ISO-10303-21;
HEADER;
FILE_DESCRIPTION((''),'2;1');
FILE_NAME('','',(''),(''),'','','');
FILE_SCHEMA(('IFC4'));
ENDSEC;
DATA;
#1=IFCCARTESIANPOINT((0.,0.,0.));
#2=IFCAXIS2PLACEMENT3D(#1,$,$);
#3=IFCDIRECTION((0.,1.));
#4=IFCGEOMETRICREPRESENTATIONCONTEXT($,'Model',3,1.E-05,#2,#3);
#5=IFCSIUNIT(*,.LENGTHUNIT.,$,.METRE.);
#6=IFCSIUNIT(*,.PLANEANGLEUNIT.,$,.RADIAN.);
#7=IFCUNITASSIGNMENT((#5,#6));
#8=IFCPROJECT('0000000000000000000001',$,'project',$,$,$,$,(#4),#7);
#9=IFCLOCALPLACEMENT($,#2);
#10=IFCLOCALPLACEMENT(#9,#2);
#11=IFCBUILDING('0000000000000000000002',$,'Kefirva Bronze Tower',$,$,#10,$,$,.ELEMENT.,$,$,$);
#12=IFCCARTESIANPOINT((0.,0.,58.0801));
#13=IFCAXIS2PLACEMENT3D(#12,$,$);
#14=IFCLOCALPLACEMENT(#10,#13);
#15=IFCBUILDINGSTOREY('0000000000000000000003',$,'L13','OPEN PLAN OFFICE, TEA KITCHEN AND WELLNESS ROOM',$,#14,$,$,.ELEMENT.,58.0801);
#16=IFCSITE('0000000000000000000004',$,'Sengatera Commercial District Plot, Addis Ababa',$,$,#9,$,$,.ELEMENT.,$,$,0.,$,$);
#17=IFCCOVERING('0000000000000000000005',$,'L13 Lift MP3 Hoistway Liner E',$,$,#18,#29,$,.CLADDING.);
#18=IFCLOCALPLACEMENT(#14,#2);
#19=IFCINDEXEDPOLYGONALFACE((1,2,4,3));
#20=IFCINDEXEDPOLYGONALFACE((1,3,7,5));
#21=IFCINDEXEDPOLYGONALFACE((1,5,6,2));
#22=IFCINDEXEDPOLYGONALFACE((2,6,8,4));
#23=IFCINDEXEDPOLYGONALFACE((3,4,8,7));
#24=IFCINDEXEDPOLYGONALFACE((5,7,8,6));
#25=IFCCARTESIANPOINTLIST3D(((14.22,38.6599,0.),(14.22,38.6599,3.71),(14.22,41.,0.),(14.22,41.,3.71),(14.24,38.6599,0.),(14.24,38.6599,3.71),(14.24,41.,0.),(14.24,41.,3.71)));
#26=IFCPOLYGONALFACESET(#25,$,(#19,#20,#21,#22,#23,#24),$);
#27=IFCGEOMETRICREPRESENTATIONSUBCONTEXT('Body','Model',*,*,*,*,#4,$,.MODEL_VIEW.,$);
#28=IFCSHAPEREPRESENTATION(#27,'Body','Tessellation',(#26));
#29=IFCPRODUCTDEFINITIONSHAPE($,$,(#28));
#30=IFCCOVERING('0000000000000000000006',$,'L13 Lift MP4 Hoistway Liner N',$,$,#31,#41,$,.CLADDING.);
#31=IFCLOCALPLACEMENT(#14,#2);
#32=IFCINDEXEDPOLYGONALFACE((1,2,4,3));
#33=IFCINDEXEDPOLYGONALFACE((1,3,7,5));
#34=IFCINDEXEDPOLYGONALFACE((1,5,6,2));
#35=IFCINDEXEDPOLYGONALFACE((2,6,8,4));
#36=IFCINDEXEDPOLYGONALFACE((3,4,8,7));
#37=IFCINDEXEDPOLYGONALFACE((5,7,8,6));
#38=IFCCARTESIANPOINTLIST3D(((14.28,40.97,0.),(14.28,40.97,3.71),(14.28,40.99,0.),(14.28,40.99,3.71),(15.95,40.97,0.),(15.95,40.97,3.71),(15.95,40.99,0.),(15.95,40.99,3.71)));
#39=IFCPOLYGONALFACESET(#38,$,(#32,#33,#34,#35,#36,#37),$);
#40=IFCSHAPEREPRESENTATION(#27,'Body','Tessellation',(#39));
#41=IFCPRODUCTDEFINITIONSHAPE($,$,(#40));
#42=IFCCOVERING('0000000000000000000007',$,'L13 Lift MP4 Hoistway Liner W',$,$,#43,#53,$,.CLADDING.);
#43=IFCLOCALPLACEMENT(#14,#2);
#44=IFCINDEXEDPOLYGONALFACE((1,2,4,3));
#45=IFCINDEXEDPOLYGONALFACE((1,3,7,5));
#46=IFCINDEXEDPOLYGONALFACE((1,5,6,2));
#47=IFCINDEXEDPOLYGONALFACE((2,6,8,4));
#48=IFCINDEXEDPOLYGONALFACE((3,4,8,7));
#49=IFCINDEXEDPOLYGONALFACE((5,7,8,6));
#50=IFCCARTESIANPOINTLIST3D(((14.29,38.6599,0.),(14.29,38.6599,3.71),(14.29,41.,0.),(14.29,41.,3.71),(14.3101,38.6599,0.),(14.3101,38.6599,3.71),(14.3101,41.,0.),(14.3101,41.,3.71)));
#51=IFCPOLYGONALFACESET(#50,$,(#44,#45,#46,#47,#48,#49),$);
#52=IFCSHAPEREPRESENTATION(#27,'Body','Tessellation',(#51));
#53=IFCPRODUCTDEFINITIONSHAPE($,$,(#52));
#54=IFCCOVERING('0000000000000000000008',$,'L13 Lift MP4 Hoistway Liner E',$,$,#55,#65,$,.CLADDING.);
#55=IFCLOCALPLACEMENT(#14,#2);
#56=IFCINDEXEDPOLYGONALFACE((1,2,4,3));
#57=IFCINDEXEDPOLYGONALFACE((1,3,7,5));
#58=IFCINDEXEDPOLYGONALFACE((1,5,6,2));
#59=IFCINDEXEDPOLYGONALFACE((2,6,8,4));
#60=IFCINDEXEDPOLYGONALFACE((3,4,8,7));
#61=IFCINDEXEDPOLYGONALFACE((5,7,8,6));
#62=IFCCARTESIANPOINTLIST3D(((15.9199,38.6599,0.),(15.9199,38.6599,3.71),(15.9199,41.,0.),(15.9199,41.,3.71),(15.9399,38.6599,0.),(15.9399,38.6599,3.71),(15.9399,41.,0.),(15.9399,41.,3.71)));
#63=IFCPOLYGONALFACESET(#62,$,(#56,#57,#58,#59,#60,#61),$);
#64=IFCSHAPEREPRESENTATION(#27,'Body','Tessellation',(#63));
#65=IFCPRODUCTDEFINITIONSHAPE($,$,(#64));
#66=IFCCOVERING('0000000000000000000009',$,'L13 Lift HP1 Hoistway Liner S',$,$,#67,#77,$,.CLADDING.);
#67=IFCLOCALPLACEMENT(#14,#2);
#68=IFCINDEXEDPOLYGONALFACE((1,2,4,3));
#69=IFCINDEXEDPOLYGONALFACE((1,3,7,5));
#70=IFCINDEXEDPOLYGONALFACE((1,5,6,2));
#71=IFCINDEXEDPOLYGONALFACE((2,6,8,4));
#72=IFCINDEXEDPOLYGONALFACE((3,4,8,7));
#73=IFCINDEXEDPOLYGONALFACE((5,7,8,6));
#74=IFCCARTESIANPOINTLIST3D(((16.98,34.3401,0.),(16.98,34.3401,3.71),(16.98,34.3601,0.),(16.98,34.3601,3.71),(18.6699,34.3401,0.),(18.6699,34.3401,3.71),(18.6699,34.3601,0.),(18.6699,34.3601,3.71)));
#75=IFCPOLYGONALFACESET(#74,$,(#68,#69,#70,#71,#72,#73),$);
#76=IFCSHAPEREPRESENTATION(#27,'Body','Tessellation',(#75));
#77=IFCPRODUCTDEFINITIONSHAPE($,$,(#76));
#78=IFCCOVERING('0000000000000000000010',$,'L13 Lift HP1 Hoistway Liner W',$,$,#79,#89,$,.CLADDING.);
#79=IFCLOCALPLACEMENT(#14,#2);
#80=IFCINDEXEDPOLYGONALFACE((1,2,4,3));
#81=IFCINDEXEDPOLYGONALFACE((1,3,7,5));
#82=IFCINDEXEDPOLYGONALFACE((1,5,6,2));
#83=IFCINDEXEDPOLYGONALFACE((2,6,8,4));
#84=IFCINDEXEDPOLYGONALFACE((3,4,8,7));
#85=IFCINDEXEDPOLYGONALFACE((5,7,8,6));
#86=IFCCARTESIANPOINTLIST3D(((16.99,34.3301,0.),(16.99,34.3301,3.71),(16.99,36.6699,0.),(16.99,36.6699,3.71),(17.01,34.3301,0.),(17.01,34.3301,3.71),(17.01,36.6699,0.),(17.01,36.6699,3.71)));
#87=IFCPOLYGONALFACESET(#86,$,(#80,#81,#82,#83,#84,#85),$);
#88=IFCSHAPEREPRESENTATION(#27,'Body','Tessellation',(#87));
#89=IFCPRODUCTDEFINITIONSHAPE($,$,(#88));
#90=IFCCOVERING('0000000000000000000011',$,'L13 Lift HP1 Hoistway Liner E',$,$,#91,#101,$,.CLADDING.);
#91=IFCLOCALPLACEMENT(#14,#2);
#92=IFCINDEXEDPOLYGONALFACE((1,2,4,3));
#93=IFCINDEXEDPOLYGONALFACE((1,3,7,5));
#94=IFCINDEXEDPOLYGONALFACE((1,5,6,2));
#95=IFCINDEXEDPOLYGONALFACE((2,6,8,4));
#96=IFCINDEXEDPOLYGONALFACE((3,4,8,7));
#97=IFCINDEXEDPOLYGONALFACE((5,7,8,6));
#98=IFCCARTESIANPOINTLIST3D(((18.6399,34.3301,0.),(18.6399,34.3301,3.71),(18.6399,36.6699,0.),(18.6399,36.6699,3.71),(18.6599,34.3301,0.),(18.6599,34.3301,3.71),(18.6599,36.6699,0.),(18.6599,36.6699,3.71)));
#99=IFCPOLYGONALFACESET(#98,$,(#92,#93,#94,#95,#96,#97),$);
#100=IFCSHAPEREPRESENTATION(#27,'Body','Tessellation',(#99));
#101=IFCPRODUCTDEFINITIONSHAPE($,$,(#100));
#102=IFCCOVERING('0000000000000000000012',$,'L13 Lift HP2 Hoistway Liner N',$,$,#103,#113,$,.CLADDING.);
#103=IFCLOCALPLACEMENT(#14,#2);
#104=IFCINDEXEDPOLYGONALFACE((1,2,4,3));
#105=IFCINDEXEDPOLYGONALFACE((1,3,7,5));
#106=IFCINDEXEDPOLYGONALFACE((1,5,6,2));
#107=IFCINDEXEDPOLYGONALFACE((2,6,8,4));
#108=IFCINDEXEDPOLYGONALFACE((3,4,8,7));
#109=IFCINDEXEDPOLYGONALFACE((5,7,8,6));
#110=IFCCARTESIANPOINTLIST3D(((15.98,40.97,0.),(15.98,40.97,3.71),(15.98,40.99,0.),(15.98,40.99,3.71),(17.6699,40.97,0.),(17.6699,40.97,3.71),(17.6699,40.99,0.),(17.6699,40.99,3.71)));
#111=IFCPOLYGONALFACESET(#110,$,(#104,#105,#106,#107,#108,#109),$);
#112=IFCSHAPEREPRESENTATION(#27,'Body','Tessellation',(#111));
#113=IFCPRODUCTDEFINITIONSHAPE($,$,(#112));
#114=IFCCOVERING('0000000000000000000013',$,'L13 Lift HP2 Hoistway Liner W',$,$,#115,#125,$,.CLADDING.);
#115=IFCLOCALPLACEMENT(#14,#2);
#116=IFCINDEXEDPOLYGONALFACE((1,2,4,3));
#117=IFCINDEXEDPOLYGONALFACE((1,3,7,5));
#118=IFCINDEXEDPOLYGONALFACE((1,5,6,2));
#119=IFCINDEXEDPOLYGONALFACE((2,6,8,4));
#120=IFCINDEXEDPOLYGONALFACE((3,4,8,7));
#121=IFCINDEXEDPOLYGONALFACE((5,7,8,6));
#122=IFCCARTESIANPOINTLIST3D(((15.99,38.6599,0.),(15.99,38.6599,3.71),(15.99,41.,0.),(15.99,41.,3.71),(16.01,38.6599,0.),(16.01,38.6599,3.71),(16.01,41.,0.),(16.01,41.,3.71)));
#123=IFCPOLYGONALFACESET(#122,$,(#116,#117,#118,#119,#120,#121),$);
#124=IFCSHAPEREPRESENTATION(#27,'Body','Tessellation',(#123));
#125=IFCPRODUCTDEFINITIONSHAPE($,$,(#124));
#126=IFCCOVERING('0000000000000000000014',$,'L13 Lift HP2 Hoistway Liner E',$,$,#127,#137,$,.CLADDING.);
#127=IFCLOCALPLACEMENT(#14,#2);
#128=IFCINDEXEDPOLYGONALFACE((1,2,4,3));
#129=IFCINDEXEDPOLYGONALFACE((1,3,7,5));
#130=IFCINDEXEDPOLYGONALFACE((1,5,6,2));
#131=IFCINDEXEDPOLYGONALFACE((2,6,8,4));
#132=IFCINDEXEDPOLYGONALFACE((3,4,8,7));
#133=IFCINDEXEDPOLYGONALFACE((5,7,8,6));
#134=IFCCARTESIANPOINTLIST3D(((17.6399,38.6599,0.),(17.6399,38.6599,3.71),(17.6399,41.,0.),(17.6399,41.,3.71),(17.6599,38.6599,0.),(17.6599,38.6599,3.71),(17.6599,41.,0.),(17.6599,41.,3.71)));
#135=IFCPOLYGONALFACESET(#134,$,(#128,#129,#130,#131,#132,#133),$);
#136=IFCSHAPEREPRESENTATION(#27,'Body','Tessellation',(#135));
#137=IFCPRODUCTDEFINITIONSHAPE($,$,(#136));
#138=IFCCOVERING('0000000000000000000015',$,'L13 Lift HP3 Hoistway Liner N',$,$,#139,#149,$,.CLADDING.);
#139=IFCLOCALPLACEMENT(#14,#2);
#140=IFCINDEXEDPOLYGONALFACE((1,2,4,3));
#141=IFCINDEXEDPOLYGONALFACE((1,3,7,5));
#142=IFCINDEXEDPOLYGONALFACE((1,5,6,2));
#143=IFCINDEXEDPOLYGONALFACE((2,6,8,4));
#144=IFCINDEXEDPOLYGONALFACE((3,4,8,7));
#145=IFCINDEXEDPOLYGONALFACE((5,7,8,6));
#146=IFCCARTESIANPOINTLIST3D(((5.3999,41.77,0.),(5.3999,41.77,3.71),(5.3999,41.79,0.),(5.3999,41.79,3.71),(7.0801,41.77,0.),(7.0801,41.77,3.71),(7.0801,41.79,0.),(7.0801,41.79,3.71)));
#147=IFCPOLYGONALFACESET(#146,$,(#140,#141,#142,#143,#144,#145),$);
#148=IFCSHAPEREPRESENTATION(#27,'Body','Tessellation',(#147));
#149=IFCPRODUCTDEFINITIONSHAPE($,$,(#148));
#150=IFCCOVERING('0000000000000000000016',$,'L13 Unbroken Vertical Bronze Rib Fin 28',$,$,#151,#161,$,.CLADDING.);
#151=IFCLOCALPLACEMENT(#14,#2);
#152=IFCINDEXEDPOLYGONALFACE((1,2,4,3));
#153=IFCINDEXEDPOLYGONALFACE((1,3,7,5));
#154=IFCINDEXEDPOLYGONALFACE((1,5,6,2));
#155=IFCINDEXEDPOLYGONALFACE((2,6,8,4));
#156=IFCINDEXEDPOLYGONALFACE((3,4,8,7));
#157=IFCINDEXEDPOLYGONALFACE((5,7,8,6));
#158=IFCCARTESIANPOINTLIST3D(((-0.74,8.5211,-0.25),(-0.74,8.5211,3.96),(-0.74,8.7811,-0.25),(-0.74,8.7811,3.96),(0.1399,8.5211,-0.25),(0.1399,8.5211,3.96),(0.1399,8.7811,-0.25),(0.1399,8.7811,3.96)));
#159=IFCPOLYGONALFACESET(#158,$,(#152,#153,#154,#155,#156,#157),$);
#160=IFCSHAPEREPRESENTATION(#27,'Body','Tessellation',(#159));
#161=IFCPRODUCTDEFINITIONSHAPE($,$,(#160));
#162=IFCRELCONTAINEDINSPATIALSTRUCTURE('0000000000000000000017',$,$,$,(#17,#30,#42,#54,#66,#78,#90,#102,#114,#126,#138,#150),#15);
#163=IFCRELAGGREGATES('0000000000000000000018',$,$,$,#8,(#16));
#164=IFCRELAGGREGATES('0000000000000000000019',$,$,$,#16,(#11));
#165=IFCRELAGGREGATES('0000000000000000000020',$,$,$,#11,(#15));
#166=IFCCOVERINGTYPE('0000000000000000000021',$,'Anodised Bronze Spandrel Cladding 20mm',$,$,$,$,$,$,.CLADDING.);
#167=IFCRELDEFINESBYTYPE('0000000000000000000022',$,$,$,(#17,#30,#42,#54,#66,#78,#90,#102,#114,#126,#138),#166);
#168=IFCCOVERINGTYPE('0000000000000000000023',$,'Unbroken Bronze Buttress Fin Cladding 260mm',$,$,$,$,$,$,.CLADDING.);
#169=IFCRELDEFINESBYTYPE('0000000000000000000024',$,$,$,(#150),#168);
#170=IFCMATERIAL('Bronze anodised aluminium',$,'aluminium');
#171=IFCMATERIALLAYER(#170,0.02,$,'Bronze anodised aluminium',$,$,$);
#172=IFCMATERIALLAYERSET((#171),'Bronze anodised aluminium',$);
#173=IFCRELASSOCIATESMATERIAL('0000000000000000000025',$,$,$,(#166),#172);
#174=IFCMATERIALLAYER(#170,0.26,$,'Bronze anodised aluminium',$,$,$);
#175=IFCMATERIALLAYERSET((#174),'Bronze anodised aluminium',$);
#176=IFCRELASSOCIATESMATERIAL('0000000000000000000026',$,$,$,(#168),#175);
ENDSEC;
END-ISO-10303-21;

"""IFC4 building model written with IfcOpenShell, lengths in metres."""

from ifc_helpers import new_model, si_unit, direction, frame, origin, origin_2d, place, context, subcontext, project, spatial, polyline, rectangle, outline, extrude, material, layer, layer_set, type_object, element, save


model = new_model("IFC4")

# Units and contexts
model_context = context("Model", 3, precision=1e-05, world=origin(), true_north=direction((0.0, 1.0)))
body_context = subcontext(model_context, "Body", "Model", "MODEL_VIEW")
ifc_project = project(units=[si_unit("LENGTHUNIT", "METRE"), si_unit("PLANEANGLEUNIT", "RADIAN")], contexts=[model_context])

# Site, building, storey
site_placement = place(None, origin())
site = spatial("IfcSite", under=ifc_project, at=site_placement, Name="Sengatera Commercial District Plot, Addis Ababa", CompositionType="ELEMENT", RefElevation=0.0)
building_placement = place(site_placement, origin())
building = spatial("IfcBuilding", under=site, at=building_placement, Name="Kefirva Bronze Tower", CompositionType="ELEMENT")
storey_placement = place(building_placement, frame((0.0, 0.0, 58.0801)))
storey = spatial("IfcBuildingStorey", under=building, at=storey_placement, Name="L13", Description="OPEN PLAN OFFICE, TEA KITCHEN AND WELLNESS ROOM", CompositionType="ELEMENT", Elevation=58.0801)

# Coverings
ifc_material = material(Name="Bronze anodised aluminium", Category="aluminium")
ifc_layer_1 = layer(ifc_material, 0.02, Name="Bronze anodised aluminium")
ifc_layer_set_1 = layer_set([ifc_layer_1], Name="Bronze anodised aluminium")
covering_type_1 = type_object("IfcCoveringType", Name="Anodised Bronze Spandrel Cladding 20mm", PredefinedType="CLADDING", material=ifc_layer_set_1)
covering_1_placement = place(storey_placement, origin())
element("IfcCovering", 1, at=covering_1_placement, inside=storey, type_object=covering_type_1, Name="L13 Lift MP3 Hoistway Liner E", PredefinedType="CLADDING", context=body_context, shape_type="SweptSolid", body=[
    extrude(outline(polyline([(14.22, 38.6599), (14.24, 38.6599), (14.24, 41.0), (14.22, 41.0), (14.22, 38.6599)])), origin(), (0.0, 0.0, 1.0), 3.71),
])
covering_2_placement = place(storey_placement, origin())
element("IfcCovering", 2, at=covering_2_placement, inside=storey, type_object=covering_type_1, Name="L13 Lift MP4 Hoistway Liner N", PredefinedType="CLADDING", context=body_context, shape_type="SweptSolid", body=[
    extrude(outline(polyline([(14.28, 40.97), (15.95, 40.97), (15.95, 40.99), (14.28, 40.99), (14.28, 40.97)])), origin(), (0.0, 0.0, 1.0), 3.71),
])
covering_3_placement = place(storey_placement, origin())
element("IfcCovering", 3, at=covering_3_placement, inside=storey, type_object=covering_type_1, Name="L13 Lift MP4 Hoistway Liner W", PredefinedType="CLADDING", context=body_context, shape_type="SweptSolid", body=[
    extrude(outline(polyline([(14.29, 38.6599), (14.3101, 38.6599), (14.3101, 41.0), (14.29, 41.0), (14.29, 38.6599)])), origin(), (0.0, 0.0, 1.0), 3.71),
])
covering_4_placement = place(storey_placement, origin())
element("IfcCovering", 4, at=covering_4_placement, inside=storey, type_object=covering_type_1, Name="L13 Lift MP4 Hoistway Liner E", PredefinedType="CLADDING", context=body_context, shape_type="SweptSolid", body=[
    extrude(outline(polyline([(15.9199, 38.6599), (15.9399, 38.6599), (15.9399, 41.0), (15.9199, 41.0), (15.9199, 38.6599)])), origin(), (0.0, 0.0, 1.0), 3.71),
])
covering_5_placement = place(storey_placement, origin())
element("IfcCovering", 5, at=covering_5_placement, inside=storey, type_object=covering_type_1, Name="L13 Lift HP1 Hoistway Liner S", PredefinedType="CLADDING", context=body_context, shape_type="SweptSolid", body=[
    extrude(outline(polyline([(16.98, 34.3401), (18.6699, 34.3401), (18.6699, 34.3601), (16.98, 34.3601), (16.98, 34.3401)])), origin(), (0.0, 0.0, 1.0), 3.71),
])
covering_6_placement = place(storey_placement, origin())
element("IfcCovering", 6, at=covering_6_placement, inside=storey, type_object=covering_type_1, Name="L13 Lift HP1 Hoistway Liner W", PredefinedType="CLADDING", context=body_context, shape_type="SweptSolid", body=[
    extrude(outline(polyline([(16.99, 34.3301), (17.01, 34.3301), (17.01, 36.6699), (16.99, 36.6699), (16.99, 34.3301)])), origin(), (0.0, 0.0, 1.0), 3.71),
])
covering_7_placement = place(storey_placement, origin())
element("IfcCovering", 7, at=covering_7_placement, inside=storey, type_object=covering_type_1, Name="L13 Lift HP1 Hoistway Liner E", PredefinedType="CLADDING", context=body_context, shape_type="SweptSolid", body=[
    extrude(outline(polyline([(18.6399, 34.3301), (18.6599, 34.3301), (18.6599, 36.6699), (18.6399, 36.6699), (18.6399, 34.3301)])), origin(), (0.0, 0.0, 1.0), 3.71),
])
covering_8_placement = place(storey_placement, origin())
element("IfcCovering", 8, at=covering_8_placement, inside=storey, type_object=covering_type_1, Name="L13 Lift HP2 Hoistway Liner N", PredefinedType="CLADDING", context=body_context, shape_type="SweptSolid", body=[
    extrude(outline(polyline([(15.98, 40.97), (17.6699, 40.97), (17.6699, 40.99), (15.98, 40.99), (15.98, 40.97)])), origin(), (0.0, 0.0, 1.0), 3.71),
])
covering_9_placement = place(storey_placement, origin())
element("IfcCovering", 9, at=covering_9_placement, inside=storey, type_object=covering_type_1, Name="L13 Lift HP2 Hoistway Liner W", PredefinedType="CLADDING", context=body_context, shape_type="SweptSolid", body=[
    extrude(outline(polyline([(15.99, 38.6599), (16.01, 38.6599), (16.01, 41.0), (15.99, 41.0), (15.99, 38.6599)])), origin(), (0.0, 0.0, 1.0), 3.71),
])
covering_10_placement = place(storey_placement, origin())
element("IfcCovering", 10, at=covering_10_placement, inside=storey, type_object=covering_type_1, Name="L13 Lift HP2 Hoistway Liner E", PredefinedType="CLADDING", context=body_context, shape_type="SweptSolid", body=[
    extrude(outline(polyline([(17.6399, 38.6599), (17.6599, 38.6599), (17.6599, 41.0), (17.6399, 41.0), (17.6399, 38.6599)])), origin(), (0.0, 0.0, 1.0), 3.71),
])
covering_11_placement = place(storey_placement, origin())
element("IfcCovering", 11, at=covering_11_placement, inside=storey, type_object=covering_type_1, Name="L13 Lift HP3 Hoistway Liner N", PredefinedType="CLADDING", context=body_context, shape_type="SweptSolid", body=[
    extrude(outline(polyline([(5.3999, 41.77), (7.0801, 41.77), (7.0801, 41.79), (5.3999, 41.79), (5.3999, 41.77)])), origin(), (0.0, 0.0, 1.0), 3.71),
])
ifc_layer_2 = layer(ifc_material, 0.26, Name="Bronze anodised aluminium")
ifc_layer_set_2 = layer_set([ifc_layer_2], Name="Bronze anodised aluminium")
covering_type_2 = type_object("IfcCoveringType", Name="Unbroken Bronze Buttress Fin Cladding 260mm", PredefinedType="CLADDING", material=ifc_layer_set_2)
covering_12_placement = place(storey_placement, frame((-0.3, 8.6511, -0.25), z_axis=(0.0, 0.0, 1.0), x_axis=(0.0, -1.0, 0.0)))
element("IfcCovering", 12, at=covering_12_placement, inside=storey, type_object=covering_type_2, Name="L13 Unbroken Vertical Bronze Rib Fin 28", PredefinedType="CLADDING", context=body_context, shape_type="SweptSolid", body=[
    extrude(rectangle(XDim=0.26, YDim=0.8799, at=origin_2d()), origin(), (0.0, 0.0, 1.0), 4.21),
])

save(model, "model.ifc")
